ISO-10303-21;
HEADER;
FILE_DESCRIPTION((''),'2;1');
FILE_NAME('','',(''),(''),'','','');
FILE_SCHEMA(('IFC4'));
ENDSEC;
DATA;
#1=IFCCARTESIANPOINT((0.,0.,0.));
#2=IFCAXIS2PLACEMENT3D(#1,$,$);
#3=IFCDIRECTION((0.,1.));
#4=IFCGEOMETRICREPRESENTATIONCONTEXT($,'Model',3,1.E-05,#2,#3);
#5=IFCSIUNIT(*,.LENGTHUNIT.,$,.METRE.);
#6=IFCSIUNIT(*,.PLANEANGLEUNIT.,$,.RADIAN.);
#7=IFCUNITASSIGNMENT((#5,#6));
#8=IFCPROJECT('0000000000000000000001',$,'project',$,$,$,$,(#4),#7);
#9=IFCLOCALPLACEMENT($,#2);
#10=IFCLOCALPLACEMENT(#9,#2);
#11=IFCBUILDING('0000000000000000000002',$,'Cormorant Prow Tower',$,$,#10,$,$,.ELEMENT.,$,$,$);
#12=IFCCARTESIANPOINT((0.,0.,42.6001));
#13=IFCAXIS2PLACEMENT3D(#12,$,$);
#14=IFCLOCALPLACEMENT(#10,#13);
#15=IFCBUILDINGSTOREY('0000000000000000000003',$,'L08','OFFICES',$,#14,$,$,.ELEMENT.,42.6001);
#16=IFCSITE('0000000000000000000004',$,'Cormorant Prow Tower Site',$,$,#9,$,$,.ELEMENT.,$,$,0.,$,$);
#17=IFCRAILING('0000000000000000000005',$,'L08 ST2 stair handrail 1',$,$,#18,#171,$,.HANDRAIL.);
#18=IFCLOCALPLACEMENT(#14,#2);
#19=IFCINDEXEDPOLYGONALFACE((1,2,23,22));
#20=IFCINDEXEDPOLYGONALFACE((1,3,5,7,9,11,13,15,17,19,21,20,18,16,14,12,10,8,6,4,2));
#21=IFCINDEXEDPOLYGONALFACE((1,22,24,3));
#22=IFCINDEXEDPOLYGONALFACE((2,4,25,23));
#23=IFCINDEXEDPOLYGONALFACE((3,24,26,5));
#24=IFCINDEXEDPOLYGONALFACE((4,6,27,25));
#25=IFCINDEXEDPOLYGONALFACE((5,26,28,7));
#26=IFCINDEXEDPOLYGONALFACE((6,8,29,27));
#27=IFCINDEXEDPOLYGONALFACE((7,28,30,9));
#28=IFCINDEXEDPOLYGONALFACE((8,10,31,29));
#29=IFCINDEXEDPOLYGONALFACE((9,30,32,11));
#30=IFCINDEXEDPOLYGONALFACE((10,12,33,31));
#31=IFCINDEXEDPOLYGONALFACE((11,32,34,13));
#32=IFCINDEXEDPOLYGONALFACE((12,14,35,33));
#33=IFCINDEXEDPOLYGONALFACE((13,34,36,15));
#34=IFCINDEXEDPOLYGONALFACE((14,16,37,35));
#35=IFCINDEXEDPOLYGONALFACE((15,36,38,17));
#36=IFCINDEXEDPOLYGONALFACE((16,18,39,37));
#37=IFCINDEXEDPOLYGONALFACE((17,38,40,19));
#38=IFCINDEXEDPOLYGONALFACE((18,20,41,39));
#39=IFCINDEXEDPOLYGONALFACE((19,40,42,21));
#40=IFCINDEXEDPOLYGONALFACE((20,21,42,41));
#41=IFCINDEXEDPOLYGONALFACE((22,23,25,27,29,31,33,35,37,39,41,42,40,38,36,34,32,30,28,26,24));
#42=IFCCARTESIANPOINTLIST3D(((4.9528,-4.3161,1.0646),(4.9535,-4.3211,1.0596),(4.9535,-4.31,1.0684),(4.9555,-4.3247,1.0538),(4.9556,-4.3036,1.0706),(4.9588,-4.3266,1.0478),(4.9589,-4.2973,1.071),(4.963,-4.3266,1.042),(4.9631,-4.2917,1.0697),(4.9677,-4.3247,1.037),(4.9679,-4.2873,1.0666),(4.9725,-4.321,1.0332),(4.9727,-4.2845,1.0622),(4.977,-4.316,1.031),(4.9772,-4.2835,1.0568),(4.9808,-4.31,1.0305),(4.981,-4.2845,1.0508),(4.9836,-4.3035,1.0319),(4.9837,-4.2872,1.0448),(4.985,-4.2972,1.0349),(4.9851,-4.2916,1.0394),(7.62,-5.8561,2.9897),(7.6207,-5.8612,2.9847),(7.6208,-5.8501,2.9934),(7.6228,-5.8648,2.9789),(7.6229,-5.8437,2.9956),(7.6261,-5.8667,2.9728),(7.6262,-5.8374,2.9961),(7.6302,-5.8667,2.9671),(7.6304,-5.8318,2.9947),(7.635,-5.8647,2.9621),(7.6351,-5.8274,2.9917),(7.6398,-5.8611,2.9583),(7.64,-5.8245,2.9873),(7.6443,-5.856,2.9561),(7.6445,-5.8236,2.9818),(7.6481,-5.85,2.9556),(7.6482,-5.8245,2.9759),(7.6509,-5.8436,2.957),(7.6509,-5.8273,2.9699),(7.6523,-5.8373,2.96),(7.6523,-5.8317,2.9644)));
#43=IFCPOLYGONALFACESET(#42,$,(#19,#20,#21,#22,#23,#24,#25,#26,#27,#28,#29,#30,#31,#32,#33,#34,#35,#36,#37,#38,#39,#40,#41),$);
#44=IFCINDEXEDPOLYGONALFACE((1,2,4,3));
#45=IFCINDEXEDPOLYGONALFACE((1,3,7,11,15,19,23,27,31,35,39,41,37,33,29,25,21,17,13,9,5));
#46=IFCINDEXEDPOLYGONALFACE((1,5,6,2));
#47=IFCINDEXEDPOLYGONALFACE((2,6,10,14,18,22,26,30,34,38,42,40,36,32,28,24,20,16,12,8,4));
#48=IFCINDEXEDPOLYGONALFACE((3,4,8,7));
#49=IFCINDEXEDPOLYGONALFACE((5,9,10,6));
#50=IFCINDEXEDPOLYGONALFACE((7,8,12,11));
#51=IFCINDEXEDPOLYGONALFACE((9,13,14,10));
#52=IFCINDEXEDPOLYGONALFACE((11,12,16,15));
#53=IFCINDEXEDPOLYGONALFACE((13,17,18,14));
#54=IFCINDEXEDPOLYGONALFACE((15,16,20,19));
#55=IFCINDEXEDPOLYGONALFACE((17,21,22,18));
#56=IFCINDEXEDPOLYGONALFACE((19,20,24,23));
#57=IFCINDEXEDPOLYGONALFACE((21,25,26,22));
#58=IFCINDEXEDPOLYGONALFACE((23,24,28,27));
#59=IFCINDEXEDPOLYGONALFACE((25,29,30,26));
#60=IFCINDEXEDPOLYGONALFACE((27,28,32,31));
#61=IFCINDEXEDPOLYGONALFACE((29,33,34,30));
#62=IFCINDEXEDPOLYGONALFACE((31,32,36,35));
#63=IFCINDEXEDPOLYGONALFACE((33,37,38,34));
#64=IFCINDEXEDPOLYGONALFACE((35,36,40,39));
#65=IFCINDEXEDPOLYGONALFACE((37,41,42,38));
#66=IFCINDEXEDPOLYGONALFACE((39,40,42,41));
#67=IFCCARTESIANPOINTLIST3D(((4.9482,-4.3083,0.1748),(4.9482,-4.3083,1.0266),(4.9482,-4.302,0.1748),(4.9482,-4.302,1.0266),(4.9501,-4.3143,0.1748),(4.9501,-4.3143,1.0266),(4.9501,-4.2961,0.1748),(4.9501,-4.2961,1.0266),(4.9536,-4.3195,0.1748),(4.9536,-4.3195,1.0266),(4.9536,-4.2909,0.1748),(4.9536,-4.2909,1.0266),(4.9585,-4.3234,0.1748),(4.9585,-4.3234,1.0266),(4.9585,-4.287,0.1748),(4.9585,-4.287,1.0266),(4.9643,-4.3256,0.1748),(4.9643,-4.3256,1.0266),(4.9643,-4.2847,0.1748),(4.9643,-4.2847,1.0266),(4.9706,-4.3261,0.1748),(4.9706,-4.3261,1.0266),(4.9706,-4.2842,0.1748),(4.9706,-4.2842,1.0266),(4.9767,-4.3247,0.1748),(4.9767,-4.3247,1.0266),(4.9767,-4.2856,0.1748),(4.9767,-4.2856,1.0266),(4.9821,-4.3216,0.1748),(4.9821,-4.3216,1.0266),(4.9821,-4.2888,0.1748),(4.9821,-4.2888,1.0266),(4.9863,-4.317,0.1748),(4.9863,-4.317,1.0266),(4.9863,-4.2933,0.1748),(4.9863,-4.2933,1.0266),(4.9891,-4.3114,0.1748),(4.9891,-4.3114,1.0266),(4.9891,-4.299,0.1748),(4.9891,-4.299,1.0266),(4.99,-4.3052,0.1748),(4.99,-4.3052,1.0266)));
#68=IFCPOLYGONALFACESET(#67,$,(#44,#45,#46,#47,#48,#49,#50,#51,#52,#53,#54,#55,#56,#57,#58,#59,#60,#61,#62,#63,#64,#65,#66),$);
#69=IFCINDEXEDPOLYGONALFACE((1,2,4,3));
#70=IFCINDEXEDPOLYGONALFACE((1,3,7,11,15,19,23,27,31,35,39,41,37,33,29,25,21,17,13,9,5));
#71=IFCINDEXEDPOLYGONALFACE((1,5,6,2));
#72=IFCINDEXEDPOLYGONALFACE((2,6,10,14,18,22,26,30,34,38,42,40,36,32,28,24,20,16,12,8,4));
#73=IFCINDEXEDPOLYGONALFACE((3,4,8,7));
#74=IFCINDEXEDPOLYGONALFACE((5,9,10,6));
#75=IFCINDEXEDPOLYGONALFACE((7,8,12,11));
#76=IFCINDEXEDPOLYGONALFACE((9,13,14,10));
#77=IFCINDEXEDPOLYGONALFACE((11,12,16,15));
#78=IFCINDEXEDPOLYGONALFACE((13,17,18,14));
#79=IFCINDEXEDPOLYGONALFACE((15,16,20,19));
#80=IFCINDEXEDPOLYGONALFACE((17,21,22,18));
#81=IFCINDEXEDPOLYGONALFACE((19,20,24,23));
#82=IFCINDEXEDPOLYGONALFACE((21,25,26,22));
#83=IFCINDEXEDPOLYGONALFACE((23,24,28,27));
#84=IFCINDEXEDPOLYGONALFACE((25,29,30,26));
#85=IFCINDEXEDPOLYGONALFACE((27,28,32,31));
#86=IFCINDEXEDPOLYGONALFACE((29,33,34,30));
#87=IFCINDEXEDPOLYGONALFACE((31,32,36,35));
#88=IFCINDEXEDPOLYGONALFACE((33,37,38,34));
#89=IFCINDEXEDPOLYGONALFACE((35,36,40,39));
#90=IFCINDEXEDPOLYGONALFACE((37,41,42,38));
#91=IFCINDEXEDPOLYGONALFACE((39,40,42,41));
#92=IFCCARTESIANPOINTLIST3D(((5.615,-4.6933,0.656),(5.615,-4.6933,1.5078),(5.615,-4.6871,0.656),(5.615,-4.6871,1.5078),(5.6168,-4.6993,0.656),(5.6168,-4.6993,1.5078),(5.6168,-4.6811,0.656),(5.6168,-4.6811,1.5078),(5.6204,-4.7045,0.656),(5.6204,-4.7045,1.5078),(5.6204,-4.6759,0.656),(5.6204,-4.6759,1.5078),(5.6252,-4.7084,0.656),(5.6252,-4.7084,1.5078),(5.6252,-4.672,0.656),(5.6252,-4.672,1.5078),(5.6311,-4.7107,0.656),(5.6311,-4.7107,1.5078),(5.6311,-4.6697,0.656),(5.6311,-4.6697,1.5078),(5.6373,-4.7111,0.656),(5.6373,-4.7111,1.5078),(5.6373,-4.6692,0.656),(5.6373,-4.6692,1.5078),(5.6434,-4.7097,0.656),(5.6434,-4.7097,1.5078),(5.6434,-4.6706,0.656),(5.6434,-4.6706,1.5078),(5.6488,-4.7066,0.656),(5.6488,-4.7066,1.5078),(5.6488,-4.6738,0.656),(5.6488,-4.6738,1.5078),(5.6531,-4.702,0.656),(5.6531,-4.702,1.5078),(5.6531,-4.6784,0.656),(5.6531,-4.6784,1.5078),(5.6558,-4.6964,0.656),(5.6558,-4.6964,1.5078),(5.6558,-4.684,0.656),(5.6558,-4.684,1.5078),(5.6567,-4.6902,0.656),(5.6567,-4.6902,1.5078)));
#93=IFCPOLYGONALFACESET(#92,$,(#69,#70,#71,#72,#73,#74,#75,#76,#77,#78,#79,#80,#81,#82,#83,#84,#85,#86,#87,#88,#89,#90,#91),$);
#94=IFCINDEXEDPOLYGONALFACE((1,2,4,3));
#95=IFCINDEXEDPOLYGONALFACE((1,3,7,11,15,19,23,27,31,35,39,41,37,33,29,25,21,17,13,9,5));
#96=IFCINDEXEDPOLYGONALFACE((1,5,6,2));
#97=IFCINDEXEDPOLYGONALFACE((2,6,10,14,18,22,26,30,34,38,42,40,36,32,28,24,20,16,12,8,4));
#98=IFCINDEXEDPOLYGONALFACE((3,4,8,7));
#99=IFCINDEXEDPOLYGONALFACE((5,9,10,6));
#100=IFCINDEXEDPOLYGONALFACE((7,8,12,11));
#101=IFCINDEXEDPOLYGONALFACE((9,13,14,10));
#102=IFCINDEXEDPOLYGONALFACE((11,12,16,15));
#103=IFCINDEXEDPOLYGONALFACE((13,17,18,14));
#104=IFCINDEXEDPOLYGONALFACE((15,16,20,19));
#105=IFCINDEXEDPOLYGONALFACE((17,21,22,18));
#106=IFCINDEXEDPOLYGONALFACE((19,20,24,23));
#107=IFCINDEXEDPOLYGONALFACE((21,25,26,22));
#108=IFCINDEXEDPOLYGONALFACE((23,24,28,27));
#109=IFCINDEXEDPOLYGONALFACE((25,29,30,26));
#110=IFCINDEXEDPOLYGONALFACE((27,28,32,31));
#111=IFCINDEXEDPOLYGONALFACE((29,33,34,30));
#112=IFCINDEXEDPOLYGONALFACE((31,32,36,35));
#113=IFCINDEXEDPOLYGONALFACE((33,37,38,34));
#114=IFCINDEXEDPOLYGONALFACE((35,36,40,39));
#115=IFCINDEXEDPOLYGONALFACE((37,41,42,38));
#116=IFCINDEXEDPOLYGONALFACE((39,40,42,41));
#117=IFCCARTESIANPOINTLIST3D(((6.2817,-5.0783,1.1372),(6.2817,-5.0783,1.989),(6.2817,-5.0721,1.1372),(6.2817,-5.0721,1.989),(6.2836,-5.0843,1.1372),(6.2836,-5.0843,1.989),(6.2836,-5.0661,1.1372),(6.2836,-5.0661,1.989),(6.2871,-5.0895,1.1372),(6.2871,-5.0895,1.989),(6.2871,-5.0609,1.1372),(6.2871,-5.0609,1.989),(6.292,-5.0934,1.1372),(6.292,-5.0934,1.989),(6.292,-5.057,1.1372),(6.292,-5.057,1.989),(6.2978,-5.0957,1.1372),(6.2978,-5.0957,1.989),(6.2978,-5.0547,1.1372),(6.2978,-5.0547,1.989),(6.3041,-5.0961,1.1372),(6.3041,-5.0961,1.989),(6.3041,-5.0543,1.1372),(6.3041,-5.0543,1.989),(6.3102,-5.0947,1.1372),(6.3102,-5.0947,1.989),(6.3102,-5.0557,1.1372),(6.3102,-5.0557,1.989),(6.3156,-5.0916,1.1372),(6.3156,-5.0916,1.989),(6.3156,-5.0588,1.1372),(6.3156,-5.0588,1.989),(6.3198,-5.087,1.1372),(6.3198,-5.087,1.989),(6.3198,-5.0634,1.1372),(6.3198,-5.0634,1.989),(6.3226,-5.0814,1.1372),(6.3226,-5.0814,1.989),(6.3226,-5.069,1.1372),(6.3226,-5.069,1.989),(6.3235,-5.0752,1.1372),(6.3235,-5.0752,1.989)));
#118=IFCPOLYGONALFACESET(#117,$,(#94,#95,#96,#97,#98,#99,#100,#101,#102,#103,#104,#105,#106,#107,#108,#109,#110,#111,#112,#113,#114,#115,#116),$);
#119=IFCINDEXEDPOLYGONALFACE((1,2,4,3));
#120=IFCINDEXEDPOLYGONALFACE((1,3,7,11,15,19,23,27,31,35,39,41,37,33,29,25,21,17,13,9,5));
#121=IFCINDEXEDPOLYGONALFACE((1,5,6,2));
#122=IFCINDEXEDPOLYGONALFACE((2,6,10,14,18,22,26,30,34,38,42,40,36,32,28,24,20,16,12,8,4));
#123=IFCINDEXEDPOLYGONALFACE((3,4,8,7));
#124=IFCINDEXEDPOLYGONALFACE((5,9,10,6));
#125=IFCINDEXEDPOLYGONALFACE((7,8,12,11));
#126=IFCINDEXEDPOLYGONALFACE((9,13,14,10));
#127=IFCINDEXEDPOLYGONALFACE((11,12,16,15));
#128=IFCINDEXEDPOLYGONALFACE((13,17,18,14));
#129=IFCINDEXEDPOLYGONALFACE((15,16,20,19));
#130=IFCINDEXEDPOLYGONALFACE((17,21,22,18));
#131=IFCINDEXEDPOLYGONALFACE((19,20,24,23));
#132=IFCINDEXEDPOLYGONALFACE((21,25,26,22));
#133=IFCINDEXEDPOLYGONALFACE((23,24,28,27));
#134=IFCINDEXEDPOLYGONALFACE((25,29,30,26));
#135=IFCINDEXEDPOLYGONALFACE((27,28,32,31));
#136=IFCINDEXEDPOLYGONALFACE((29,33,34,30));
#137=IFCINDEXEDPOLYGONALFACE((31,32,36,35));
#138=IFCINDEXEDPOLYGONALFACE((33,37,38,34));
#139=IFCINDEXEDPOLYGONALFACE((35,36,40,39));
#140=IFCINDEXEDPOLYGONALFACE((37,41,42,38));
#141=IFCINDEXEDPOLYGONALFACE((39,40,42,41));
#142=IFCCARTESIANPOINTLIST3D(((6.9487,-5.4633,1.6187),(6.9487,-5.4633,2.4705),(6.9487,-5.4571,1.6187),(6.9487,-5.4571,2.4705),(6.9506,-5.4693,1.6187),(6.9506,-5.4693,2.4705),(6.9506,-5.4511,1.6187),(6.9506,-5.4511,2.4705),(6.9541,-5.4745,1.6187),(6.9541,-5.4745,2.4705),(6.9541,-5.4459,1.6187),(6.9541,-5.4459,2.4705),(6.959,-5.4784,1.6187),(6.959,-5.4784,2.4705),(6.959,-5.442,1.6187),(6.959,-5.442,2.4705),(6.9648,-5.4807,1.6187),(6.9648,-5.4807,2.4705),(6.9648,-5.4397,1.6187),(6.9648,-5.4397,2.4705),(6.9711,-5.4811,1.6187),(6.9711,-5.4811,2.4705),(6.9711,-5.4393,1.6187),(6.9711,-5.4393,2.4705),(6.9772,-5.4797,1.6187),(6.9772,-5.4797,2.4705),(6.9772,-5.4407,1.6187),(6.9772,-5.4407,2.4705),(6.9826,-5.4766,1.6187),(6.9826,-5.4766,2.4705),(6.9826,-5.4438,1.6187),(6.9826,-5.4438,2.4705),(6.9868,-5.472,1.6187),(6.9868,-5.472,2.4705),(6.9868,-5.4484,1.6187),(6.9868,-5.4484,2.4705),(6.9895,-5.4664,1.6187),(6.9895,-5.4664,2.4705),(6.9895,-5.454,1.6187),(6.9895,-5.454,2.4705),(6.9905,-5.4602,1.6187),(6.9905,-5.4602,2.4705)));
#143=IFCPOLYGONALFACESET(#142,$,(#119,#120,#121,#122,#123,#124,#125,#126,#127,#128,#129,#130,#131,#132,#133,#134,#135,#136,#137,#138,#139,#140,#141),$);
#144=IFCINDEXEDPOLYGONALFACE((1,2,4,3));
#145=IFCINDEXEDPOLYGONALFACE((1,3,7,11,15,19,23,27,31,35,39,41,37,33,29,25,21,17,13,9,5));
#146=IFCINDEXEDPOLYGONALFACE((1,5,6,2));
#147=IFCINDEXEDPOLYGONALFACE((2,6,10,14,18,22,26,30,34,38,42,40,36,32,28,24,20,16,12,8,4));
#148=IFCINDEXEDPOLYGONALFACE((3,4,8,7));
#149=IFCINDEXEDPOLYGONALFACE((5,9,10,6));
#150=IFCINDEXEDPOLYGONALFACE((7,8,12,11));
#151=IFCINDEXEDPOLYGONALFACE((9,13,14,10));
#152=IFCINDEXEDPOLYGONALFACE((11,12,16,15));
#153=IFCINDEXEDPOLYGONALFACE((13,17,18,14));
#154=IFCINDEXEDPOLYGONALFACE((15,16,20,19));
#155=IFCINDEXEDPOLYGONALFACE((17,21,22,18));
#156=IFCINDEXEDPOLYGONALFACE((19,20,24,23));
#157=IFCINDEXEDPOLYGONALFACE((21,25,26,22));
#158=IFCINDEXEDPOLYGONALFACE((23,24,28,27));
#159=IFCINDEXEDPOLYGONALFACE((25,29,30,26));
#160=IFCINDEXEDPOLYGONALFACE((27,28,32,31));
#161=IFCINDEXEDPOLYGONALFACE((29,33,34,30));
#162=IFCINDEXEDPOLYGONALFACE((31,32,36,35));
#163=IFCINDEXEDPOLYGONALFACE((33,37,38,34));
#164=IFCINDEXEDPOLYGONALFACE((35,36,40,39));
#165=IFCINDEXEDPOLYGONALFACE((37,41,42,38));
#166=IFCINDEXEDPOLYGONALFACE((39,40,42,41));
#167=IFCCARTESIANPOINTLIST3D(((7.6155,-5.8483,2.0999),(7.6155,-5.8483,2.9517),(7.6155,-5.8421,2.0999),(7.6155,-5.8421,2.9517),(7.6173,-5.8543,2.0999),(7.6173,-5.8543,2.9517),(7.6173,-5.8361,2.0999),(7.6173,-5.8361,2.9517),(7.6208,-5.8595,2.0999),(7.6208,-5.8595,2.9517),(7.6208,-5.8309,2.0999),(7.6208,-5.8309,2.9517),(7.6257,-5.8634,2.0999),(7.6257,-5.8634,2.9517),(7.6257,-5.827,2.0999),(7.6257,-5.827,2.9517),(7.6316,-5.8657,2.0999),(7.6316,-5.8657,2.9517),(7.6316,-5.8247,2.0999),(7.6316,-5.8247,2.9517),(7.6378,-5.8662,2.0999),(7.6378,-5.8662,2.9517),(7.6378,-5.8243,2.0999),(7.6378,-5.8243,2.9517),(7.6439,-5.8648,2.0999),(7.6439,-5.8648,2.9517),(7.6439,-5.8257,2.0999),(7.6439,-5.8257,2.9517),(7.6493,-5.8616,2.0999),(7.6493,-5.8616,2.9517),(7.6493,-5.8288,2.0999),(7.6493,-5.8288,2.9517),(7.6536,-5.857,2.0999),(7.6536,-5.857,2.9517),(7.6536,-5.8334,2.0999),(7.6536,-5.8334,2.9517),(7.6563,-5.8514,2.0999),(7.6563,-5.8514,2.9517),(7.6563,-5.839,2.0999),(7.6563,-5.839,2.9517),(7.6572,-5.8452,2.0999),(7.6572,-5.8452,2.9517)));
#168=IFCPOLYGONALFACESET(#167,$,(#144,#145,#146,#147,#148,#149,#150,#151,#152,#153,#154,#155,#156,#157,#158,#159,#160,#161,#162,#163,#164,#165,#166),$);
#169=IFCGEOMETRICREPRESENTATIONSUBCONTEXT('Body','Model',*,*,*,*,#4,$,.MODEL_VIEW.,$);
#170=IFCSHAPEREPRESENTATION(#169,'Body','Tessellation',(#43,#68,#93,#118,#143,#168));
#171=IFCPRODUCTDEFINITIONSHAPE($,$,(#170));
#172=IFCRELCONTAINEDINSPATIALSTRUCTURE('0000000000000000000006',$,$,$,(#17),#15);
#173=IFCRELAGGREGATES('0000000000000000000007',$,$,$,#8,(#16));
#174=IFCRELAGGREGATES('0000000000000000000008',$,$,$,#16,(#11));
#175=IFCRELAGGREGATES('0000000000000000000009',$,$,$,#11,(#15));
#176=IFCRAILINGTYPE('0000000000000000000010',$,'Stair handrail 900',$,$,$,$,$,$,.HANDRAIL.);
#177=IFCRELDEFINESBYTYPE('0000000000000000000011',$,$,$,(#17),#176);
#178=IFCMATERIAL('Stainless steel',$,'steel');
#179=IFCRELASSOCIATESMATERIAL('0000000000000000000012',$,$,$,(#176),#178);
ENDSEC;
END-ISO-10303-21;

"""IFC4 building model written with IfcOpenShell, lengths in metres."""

from ifc_helpers import new_model, si_unit, direction, frame, origin, origin_2d, place, context, subcontext, project, spatial, circle, extrude, material, type_object, element, save


model = new_model("IFC4")

# Units and contexts
model_context = context("Model", 3, precision=1e-05, world=origin(), true_north=direction((0.0, 1.0)))
body_context = subcontext(model_context, "Body", "Model", "MODEL_VIEW")
ifc_project = project(units=[si_unit("LENGTHUNIT", "METRE"), si_unit("PLANEANGLEUNIT", "RADIAN")], contexts=[model_context])

# Site, building, storey
site_placement = place(None, origin())
site = spatial("IfcSite", under=ifc_project, at=site_placement, Name="Cormorant Prow Tower Site", CompositionType="ELEMENT", RefElevation=0.0)
building_placement = place(site_placement, origin())
building = spatial("IfcBuilding", under=site, at=building_placement, Name="Cormorant Prow Tower", CompositionType="ELEMENT")
storey_placement = place(building_placement, frame((0.0, 0.0, 42.6001)))
storey = spatial("IfcBuildingStorey", under=building, at=storey_placement, Name="L08", Description="OFFICES", CompositionType="ELEMENT", Elevation=42.6001)

# Railing
ifc_material_1 = material(Name="Stainless steel", Category="steel")
railing_type_1 = type_object("IfcRailingType", Name="Stair handrail 900", PredefinedType="HANDRAIL", material=ifc_material_1)
railing_1_placement = place(storey_placement, frame((4.969, -4.3052, 0.1748)))
element("IfcRailing", 1, at=railing_1_placement, inside=storey, type_object=railing_type_1, Name="L08 ST2 stair handrail 1", PredefinedType="HANDRAIL", context=body_context, shape_type="SweptSolid", body=[
    extrude(circle(Radius=0.0239, at=origin_2d()), frame((0.0, 0.0, 0.876), z_axis=(0.734364, -0.424015, 0.530019), x_axis=(0.500027, 0.86601, 0.0)), (0.0, 0.0, 1.0), 3.6321),
    extrude(circle(Radius=0.021, at=origin_2d()), origin(), (0.0, 0.0, 1.0), 0.8518),
    extrude(circle(Radius=0.021, at=origin_2d()), frame((0.6667, -0.385, 0.4812)), (0.0, 0.0, 1.0), 0.8518),
    extrude(circle(Radius=0.021, at=origin_2d()), frame((1.3335, -0.77, 0.9624)), (0.0, 0.0, 1.0), 0.8518),
    extrude(circle(Radius=0.021, at=origin_2d()), frame((2.0005, -1.155, 1.4438)), (0.0, 0.0, 1.0), 0.8518),
    extrude(circle(Radius=0.021, at=origin_2d()), frame((2.6672, -1.54, 1.925)), (0.0, 0.0, 1.0), 0.8518),
])

save(model, "model.ifc")
